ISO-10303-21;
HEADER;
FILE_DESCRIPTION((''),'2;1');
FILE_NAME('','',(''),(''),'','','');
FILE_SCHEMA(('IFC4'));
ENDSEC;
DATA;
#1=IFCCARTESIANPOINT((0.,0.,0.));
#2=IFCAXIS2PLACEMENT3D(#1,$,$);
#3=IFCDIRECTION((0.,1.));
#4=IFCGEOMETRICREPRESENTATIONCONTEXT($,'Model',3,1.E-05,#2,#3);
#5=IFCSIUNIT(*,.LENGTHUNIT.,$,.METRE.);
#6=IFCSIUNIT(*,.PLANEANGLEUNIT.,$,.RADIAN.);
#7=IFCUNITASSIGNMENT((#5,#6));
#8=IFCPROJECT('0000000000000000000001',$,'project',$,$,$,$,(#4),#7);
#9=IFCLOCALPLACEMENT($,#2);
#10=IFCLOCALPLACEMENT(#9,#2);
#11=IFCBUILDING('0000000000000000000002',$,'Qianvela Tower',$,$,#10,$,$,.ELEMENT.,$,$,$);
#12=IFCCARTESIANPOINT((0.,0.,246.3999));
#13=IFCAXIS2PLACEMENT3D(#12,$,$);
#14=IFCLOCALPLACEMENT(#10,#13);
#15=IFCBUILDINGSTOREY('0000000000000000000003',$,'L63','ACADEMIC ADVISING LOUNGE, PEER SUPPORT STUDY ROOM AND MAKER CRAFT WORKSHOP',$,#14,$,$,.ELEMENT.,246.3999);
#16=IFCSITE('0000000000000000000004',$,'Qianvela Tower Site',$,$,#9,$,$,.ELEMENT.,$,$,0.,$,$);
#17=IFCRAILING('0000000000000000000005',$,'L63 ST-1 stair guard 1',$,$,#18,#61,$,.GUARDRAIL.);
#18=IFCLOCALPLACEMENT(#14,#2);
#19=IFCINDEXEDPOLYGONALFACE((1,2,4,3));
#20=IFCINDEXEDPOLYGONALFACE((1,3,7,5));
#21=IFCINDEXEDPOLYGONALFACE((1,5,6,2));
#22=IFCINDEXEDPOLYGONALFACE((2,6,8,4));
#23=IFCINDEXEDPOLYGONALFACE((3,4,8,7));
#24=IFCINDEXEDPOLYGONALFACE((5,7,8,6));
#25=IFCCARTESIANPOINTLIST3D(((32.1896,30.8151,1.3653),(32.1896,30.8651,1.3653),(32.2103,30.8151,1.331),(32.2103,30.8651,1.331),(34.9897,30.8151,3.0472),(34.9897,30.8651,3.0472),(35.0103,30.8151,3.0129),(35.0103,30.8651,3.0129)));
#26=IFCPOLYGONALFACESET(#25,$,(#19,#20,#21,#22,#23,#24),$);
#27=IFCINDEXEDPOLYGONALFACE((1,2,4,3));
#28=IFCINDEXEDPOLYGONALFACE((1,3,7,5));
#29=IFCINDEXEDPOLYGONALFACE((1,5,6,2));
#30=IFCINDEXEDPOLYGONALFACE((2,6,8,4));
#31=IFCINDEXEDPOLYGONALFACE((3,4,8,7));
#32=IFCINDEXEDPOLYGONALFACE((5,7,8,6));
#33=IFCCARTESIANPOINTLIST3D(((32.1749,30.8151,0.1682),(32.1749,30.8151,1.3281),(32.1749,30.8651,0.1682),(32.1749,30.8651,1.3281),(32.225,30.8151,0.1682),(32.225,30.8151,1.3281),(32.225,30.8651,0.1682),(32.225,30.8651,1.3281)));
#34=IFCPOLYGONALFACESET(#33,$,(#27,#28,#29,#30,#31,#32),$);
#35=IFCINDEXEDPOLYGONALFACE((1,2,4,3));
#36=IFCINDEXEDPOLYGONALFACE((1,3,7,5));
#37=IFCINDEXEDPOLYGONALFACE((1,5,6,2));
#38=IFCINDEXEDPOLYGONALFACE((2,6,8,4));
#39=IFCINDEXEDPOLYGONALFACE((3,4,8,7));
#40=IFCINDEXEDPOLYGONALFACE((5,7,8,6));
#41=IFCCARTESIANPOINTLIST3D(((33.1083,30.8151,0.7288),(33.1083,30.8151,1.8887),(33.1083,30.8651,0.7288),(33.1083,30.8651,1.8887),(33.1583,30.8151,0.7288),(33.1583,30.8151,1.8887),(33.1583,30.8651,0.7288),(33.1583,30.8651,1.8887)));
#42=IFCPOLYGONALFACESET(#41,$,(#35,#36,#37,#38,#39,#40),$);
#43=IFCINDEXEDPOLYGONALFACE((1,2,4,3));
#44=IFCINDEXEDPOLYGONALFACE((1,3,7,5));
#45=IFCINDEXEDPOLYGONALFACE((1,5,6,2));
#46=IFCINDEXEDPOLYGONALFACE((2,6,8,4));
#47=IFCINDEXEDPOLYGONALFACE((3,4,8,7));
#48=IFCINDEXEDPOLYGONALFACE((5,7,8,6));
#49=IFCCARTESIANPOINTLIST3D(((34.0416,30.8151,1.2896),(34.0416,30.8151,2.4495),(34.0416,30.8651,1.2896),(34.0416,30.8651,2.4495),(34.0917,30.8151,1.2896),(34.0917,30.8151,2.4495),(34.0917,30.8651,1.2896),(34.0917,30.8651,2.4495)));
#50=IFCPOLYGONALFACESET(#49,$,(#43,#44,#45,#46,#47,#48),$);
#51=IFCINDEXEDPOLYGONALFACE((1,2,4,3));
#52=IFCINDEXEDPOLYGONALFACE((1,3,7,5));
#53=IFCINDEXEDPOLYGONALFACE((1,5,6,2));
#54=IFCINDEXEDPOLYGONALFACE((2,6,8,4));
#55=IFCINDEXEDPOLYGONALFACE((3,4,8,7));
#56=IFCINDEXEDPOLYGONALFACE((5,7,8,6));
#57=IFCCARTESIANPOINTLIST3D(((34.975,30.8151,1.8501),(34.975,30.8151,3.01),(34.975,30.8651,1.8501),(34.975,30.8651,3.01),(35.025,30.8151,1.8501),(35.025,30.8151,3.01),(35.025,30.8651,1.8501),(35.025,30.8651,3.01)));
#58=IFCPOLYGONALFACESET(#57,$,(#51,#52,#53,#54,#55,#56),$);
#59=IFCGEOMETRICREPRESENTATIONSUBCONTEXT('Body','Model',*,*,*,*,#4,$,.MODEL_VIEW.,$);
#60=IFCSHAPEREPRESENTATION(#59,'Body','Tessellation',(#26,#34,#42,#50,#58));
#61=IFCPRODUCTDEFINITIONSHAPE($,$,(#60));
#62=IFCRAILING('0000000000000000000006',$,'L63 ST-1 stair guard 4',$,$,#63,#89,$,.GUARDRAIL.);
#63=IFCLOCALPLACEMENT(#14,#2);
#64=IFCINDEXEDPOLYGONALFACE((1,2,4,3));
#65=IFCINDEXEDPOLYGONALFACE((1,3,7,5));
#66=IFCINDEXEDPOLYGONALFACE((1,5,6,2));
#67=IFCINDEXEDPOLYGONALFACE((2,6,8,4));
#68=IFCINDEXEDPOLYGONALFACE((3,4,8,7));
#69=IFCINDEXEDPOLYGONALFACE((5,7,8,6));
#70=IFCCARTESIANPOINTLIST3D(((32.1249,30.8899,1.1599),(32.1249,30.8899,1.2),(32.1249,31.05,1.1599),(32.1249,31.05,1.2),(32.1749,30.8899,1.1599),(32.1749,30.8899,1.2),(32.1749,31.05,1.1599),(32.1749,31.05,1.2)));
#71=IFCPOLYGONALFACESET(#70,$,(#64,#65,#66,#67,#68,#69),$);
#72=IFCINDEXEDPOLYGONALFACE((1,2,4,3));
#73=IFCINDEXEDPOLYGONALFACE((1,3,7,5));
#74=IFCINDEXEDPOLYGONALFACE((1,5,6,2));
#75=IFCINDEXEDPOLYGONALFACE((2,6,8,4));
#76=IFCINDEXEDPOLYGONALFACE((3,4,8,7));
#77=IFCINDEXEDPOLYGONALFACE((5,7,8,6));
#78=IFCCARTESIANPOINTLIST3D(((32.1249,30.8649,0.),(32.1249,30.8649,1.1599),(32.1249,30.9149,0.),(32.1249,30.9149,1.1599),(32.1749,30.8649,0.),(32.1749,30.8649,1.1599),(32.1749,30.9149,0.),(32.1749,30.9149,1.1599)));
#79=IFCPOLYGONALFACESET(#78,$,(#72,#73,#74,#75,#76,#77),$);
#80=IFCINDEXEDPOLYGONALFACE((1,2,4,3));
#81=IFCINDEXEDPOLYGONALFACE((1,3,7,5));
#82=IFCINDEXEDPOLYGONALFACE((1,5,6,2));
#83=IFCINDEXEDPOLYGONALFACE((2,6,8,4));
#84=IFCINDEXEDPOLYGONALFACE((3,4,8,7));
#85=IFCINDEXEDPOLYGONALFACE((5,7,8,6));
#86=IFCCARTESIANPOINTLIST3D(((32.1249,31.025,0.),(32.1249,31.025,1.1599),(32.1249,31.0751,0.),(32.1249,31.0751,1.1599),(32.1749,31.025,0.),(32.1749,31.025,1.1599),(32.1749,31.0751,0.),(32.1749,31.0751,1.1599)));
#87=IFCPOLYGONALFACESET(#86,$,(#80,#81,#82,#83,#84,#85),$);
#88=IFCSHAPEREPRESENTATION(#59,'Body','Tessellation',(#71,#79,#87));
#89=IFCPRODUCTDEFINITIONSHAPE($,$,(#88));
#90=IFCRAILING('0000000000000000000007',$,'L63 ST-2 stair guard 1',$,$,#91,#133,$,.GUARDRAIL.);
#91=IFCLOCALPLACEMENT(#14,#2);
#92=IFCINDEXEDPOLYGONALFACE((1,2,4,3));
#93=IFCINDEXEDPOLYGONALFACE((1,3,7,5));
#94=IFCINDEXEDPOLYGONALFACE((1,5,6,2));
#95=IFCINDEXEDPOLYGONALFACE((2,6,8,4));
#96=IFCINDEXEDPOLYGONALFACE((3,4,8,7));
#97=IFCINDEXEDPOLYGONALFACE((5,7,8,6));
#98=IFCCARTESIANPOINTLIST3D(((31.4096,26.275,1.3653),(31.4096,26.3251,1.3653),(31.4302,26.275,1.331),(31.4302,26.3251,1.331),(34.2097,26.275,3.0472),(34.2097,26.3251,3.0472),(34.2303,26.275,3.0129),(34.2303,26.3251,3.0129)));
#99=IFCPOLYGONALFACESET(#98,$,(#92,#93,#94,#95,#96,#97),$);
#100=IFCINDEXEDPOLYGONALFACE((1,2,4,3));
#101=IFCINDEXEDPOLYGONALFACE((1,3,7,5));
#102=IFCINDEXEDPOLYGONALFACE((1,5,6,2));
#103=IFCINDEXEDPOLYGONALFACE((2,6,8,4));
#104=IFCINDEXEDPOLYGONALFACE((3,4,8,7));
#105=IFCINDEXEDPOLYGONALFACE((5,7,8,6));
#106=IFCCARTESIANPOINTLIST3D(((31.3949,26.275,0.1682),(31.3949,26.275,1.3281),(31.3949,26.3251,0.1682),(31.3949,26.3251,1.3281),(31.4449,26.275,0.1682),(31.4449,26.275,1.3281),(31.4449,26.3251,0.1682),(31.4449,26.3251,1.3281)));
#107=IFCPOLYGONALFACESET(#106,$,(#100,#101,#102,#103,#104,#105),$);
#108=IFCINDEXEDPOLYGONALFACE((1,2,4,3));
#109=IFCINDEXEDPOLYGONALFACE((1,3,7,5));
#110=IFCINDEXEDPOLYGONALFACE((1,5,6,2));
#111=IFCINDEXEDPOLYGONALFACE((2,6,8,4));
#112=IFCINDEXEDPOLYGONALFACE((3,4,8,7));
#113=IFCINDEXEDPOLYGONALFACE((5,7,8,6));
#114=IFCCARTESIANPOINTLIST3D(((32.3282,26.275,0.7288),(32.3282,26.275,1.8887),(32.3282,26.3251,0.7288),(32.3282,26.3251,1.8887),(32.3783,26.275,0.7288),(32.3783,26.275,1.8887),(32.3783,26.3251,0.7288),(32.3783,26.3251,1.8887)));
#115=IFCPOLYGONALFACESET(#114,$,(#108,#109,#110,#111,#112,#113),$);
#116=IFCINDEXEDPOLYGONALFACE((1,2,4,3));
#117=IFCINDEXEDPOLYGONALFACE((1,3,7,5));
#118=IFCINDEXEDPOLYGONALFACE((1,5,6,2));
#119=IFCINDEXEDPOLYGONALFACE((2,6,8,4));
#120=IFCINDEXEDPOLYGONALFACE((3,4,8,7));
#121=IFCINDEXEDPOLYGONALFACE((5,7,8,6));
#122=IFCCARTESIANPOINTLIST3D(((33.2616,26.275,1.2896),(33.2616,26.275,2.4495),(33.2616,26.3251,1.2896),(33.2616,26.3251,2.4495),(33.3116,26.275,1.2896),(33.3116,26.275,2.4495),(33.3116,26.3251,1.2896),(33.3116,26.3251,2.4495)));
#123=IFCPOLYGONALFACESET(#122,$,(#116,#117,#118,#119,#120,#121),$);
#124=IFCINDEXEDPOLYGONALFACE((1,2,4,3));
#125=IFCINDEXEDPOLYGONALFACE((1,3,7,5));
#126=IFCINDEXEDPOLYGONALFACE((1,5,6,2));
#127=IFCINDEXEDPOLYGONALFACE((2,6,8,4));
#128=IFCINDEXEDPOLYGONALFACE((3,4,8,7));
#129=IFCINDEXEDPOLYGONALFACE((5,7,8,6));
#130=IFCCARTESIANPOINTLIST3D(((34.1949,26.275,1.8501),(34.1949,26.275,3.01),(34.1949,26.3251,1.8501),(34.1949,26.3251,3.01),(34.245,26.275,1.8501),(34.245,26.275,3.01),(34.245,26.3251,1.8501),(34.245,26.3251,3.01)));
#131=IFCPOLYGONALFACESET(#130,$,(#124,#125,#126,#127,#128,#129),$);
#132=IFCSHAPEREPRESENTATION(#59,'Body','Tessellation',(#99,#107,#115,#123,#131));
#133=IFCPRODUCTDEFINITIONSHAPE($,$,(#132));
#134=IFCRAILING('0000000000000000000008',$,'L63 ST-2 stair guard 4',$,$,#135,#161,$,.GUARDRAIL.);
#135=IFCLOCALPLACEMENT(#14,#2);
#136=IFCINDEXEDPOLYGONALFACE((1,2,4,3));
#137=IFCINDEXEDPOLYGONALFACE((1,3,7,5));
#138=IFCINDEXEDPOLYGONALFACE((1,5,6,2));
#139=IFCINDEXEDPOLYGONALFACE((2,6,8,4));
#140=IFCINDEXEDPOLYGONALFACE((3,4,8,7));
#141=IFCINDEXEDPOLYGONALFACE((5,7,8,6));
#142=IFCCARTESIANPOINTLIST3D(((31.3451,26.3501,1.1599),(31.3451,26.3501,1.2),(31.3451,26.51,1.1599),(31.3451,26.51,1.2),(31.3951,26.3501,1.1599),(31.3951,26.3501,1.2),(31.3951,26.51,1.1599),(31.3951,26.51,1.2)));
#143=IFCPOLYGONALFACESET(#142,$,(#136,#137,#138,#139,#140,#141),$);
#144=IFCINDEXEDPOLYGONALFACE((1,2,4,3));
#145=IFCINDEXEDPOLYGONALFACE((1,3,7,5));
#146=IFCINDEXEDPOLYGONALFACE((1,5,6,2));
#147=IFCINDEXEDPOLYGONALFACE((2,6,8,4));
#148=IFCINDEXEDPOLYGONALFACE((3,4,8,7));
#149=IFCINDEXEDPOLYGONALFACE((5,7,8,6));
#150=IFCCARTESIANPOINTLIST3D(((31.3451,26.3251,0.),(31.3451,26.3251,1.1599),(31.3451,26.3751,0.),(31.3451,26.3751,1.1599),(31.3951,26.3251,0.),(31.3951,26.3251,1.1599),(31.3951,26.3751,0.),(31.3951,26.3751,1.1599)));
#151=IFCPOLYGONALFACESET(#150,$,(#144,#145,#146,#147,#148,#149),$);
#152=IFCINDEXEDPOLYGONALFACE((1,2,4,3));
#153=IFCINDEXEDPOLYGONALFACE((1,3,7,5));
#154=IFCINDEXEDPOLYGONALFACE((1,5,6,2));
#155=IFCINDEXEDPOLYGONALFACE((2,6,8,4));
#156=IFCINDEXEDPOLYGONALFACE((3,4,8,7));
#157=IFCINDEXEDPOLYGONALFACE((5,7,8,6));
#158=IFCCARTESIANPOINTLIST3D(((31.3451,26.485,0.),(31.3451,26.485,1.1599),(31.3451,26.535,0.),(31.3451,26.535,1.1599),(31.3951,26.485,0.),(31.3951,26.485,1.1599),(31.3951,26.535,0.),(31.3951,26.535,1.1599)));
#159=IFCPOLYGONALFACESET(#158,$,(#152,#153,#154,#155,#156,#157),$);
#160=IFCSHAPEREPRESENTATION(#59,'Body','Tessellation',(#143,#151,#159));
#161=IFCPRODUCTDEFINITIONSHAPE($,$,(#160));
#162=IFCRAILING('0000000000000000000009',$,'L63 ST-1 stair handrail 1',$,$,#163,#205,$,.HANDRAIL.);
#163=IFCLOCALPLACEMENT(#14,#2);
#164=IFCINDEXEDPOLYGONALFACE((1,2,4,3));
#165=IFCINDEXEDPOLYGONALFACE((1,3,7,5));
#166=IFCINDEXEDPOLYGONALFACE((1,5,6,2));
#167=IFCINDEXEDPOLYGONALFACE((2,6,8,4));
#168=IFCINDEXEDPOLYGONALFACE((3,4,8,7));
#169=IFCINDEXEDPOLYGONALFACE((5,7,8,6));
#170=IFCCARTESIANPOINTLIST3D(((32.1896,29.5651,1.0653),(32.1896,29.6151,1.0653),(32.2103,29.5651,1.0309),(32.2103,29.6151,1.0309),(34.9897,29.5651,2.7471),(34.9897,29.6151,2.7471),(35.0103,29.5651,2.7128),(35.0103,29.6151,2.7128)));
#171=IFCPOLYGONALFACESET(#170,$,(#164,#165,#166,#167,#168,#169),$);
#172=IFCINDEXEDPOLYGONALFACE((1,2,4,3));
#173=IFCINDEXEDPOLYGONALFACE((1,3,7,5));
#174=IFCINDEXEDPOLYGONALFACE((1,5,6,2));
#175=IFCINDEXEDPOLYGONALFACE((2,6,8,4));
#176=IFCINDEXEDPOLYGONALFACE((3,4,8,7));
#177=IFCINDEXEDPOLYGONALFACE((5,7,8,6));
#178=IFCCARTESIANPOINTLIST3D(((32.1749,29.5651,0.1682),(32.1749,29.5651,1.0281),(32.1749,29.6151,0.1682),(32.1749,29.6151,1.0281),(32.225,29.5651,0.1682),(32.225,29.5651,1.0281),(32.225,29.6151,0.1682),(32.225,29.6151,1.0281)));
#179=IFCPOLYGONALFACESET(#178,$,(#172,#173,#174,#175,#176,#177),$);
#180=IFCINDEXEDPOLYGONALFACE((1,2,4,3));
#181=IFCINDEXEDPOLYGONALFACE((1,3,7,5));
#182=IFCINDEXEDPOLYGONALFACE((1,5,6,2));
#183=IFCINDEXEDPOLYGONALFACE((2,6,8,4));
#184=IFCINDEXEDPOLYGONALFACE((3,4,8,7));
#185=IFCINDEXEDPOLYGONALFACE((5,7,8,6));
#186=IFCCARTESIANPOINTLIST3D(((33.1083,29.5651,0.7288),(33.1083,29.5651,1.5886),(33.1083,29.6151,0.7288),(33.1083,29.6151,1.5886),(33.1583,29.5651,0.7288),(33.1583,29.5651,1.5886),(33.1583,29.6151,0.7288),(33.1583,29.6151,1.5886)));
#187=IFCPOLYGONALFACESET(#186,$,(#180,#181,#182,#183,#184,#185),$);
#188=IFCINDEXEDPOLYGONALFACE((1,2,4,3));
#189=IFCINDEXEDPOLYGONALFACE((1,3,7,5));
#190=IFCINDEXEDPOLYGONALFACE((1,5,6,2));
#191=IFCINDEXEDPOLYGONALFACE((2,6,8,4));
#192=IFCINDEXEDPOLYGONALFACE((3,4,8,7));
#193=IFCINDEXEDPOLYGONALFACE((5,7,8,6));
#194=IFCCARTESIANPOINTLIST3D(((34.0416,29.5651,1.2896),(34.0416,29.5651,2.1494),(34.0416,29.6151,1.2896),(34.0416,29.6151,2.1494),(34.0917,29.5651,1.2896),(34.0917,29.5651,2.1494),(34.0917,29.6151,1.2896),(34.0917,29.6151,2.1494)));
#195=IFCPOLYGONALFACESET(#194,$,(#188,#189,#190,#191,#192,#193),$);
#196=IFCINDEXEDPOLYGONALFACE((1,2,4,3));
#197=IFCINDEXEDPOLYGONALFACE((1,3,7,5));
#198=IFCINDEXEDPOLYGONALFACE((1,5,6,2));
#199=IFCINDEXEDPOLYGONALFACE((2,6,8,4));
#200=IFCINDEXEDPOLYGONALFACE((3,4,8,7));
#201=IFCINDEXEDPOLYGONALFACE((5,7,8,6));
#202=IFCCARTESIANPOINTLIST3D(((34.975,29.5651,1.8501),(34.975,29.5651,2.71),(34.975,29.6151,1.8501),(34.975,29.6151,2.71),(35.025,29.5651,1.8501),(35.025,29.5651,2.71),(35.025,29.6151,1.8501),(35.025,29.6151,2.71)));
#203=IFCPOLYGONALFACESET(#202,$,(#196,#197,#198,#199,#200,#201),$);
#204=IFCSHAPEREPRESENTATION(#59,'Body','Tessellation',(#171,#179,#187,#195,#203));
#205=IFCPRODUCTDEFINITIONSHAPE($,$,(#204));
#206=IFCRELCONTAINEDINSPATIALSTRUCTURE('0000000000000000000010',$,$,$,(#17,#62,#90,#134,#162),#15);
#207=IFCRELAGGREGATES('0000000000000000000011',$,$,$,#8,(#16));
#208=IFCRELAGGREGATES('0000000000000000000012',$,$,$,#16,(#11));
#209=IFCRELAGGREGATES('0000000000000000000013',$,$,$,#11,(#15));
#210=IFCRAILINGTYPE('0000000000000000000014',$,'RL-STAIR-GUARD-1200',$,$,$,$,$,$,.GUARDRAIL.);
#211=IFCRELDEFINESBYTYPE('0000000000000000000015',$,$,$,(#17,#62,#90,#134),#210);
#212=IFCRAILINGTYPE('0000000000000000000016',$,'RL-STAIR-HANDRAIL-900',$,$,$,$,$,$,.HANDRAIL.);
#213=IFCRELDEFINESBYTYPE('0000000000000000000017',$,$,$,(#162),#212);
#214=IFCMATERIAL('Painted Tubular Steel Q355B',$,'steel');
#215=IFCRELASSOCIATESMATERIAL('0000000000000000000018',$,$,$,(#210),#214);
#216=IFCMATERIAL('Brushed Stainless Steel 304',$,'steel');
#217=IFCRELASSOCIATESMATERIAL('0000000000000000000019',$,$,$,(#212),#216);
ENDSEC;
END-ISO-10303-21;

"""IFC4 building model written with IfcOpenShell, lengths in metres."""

from ifc_helpers import new_model, si_unit, direction, frame, origin, origin_2d, place, context, subcontext, project, spatial, rectangle, extrude, material, type_object, element, save


model = new_model("IFC4")

# Units and contexts
model_context = context("Model", 3, precision=1e-05, world=origin(), true_north=direction((0.0, 1.0)))
body_context = subcontext(model_context, "Body", "Model", "MODEL_VIEW")
ifc_project = project(units=[si_unit("LENGTHUNIT", "METRE"), si_unit("PLANEANGLEUNIT", "RADIAN")], contexts=[model_context])

# Site, building, storey
site_placement = place(None, origin())
site = spatial("IfcSite", under=ifc_project, at=site_placement, Name="Qianvela Tower Site", CompositionType="ELEMENT", RefElevation=0.0)
building_placement = place(site_placement, origin())
building = spatial("IfcBuilding", under=site, at=building_placement, Name="Qianvela Tower", CompositionType="ELEMENT")
storey_placement = place(building_placement, frame((0.0, 0.0, 246.3999)))
storey = spatial("IfcBuildingStorey", under=building, at=storey_placement, Name="L63", Description="ACADEMIC ADVISING LOUNGE, PEER SUPPORT STUDY ROOM AND MAKER CRAFT WORKSHOP", CompositionType="ELEMENT", Elevation=246.3999)

# Railings
ifc_material_1 = material(Name="Painted Tubular Steel Q355B", Category="steel")
railing_type_1 = type_object("IfcRailingType", Name="RL-STAIR-GUARD-1200", PredefinedType="GUARDRAIL", material=ifc_material_1)
railing_1_placement = place(storey_placement, frame((32.2, 30.8401, 0.1682)))
element("IfcRailing", 1, at=railing_1_placement, inside=storey, type_object=railing_type_1, Name="L63 ST-1 stair guard 1", PredefinedType="GUARDRAIL", context=body_context, shape_type="SweptSolid", body=[
    extrude(rectangle(XDim=0.05, YDim=0.04, at=origin_2d()), frame((0.0, 0.0, 1.1799), z_axis=(0.857242, 0.0, 0.514913), x_axis=(0.0, 1.0, 0.0)), (0.0, 0.0, 1.0), 3.2664),
    extrude(rectangle(XDim=0.05, YDim=0.05, at=origin_2d()), origin(), (0.0, 0.0, 1.0), 1.1599),
    extrude(rectangle(XDim=0.05, YDim=0.05, at=origin_2d()), frame((0.9333, 0.0, 0.5605)), (0.0, 0.0, 1.0), 1.1599),
    extrude(rectangle(XDim=0.05, YDim=0.05, at=origin_2d()), frame((1.8667, 0.0, 1.1213)), (0.0, 0.0, 1.0), 1.1599),
    extrude(rectangle(XDim=0.05, YDim=0.05, at=origin_2d()), frame((2.8, 0.0, 1.6819)), (0.0, 0.0, 1.0), 1.1599),
])
railing_2_placement = place(storey_placement, frame((32.1499, 30.8899, 0.0)))
element("IfcRailing", 2, at=railing_2_placement, inside=storey, type_object=railing_type_1, Name="L63 ST-1 stair guard 4", PredefinedType="GUARDRAIL", context=body_context, shape_type="SweptSolid", body=[
    extrude(rectangle(XDim=0.05, YDim=0.04, at=origin_2d()), frame((0.0, 0.0, 1.1799), z_axis=(0.0, 1.0, 0.0), x_axis=(-1.0, 0.0, 0.0)), (0.0, 0.0, 1.0), 0.1602),
    extrude(rectangle(XDim=0.05, YDim=0.05, at=origin_2d()), origin(), (0.0, 0.0, 1.0), 1.1599),
    extrude(rectangle(XDim=0.05, YDim=0.05, at=origin_2d()), frame((0.0, 0.1602, 0.0)), (0.0, 0.0, 1.0), 1.1599),
])
railing_3_placement = place(storey_placement, frame((31.4199, 26.3, 0.1682)))
element("IfcRailing", 3, at=railing_3_placement, inside=storey, type_object=railing_type_1, Name="L63 ST-2 stair guard 1", PredefinedType="GUARDRAIL", context=body_context, shape_type="SweptSolid", body=[
    extrude(rectangle(XDim=0.05, YDim=0.04, at=origin_2d()), frame((0.0, 0.0, 1.1799), z_axis=(0.857242, 0.0, 0.514913), x_axis=(0.0, 1.0, 0.0)), (0.0, 0.0, 1.0), 3.2664),
    extrude(rectangle(XDim=0.05, YDim=0.05, at=origin_2d()), origin(), (0.0, 0.0, 1.0), 1.1599),
    extrude(rectangle(XDim=0.05, YDim=0.05, at=origin_2d()), frame((0.9333, 0.0, 0.5605)), (0.0, 0.0, 1.0), 1.1599),
    extrude(rectangle(XDim=0.05, YDim=0.05, at=origin_2d()), frame((1.8667, 0.0, 1.1213)), (0.0, 0.0, 1.0), 1.1599),
    extrude(rectangle(XDim=0.05, YDim=0.05, at=origin_2d()), frame((2.8, 0.0, 1.6819)), (0.0, 0.0, 1.0), 1.1599),
])
railing_4_placement = place(storey_placement, frame((31.3701, 26.3501, 0.0)))
element("IfcRailing", 4, at=railing_4_placement, inside=storey, type_object=railing_type_1, Name="L63 ST-2 stair guard 4", PredefinedType="GUARDRAIL", context=body_context, shape_type="SweptSolid", body=[
    extrude(rectangle(XDim=0.05, YDim=0.04, at=origin_2d()), frame((0.0, 0.0, 1.1799), z_axis=(0.0, 1.0, 0.0), x_axis=(-1.0, 0.0, 0.0)), (0.0, 0.0, 1.0), 0.1599),
    extrude(rectangle(XDim=0.05, YDim=0.05, at=origin_2d()), origin(), (0.0, 0.0, 1.0), 1.1599),
    extrude(rectangle(XDim=0.05, YDim=0.05, at=origin_2d()), frame((0.0, 0.1599, 0.0)), (0.0, 0.0, 1.0), 1.1599),
])
ifc_material_2 = material(Name="Brushed Stainless Steel 304", Category="steel")
railing_type_2 = type_object("IfcRailingType", Name="RL-STAIR-HANDRAIL-900", PredefinedType="HANDRAIL", material=ifc_material_2)
for number, where, name in (
    (5, (32.2, 29.5901, 0.1682), "L63 ST-1 stair handrail 1"),
):
    element("IfcRailing", number, at=place(storey_placement, frame(where)), inside=storey, type_object=railing_type_2, Name=name, PredefinedType="HANDRAIL", context=body_context, shape_type="SweptSolid", body=[
        extrude(rectangle(XDim=0.05, YDim=0.04, at=origin_2d()), frame((0.0, 0.0, 0.8799), z_axis=(0.857242, 0.0, 0.514913), x_axis=(0.0, 1.0, 0.0)), (0.0, 0.0, 1.0), 3.2664),
        extrude(rectangle(XDim=0.05, YDim=0.05, at=origin_2d()), origin(), (0.0, 0.0, 1.0), 0.8599),
        extrude(rectangle(XDim=0.05, YDim=0.05, at=origin_2d()), frame((0.9333, 0.0, 0.5605)), (0.0, 0.0, 1.0), 0.8599),
        extrude(rectangle(XDim=0.05, YDim=0.05, at=origin_2d()), frame((1.8667, 0.0, 1.1213)), (0.0, 0.0, 1.0), 0.8599),
        extrude(rectangle(XDim=0.05, YDim=0.05, at=origin_2d()), frame((2.8, 0.0, 1.6819)), (0.0, 0.0, 1.0), 0.8599),
    ])

save(model, "model.ifc")
